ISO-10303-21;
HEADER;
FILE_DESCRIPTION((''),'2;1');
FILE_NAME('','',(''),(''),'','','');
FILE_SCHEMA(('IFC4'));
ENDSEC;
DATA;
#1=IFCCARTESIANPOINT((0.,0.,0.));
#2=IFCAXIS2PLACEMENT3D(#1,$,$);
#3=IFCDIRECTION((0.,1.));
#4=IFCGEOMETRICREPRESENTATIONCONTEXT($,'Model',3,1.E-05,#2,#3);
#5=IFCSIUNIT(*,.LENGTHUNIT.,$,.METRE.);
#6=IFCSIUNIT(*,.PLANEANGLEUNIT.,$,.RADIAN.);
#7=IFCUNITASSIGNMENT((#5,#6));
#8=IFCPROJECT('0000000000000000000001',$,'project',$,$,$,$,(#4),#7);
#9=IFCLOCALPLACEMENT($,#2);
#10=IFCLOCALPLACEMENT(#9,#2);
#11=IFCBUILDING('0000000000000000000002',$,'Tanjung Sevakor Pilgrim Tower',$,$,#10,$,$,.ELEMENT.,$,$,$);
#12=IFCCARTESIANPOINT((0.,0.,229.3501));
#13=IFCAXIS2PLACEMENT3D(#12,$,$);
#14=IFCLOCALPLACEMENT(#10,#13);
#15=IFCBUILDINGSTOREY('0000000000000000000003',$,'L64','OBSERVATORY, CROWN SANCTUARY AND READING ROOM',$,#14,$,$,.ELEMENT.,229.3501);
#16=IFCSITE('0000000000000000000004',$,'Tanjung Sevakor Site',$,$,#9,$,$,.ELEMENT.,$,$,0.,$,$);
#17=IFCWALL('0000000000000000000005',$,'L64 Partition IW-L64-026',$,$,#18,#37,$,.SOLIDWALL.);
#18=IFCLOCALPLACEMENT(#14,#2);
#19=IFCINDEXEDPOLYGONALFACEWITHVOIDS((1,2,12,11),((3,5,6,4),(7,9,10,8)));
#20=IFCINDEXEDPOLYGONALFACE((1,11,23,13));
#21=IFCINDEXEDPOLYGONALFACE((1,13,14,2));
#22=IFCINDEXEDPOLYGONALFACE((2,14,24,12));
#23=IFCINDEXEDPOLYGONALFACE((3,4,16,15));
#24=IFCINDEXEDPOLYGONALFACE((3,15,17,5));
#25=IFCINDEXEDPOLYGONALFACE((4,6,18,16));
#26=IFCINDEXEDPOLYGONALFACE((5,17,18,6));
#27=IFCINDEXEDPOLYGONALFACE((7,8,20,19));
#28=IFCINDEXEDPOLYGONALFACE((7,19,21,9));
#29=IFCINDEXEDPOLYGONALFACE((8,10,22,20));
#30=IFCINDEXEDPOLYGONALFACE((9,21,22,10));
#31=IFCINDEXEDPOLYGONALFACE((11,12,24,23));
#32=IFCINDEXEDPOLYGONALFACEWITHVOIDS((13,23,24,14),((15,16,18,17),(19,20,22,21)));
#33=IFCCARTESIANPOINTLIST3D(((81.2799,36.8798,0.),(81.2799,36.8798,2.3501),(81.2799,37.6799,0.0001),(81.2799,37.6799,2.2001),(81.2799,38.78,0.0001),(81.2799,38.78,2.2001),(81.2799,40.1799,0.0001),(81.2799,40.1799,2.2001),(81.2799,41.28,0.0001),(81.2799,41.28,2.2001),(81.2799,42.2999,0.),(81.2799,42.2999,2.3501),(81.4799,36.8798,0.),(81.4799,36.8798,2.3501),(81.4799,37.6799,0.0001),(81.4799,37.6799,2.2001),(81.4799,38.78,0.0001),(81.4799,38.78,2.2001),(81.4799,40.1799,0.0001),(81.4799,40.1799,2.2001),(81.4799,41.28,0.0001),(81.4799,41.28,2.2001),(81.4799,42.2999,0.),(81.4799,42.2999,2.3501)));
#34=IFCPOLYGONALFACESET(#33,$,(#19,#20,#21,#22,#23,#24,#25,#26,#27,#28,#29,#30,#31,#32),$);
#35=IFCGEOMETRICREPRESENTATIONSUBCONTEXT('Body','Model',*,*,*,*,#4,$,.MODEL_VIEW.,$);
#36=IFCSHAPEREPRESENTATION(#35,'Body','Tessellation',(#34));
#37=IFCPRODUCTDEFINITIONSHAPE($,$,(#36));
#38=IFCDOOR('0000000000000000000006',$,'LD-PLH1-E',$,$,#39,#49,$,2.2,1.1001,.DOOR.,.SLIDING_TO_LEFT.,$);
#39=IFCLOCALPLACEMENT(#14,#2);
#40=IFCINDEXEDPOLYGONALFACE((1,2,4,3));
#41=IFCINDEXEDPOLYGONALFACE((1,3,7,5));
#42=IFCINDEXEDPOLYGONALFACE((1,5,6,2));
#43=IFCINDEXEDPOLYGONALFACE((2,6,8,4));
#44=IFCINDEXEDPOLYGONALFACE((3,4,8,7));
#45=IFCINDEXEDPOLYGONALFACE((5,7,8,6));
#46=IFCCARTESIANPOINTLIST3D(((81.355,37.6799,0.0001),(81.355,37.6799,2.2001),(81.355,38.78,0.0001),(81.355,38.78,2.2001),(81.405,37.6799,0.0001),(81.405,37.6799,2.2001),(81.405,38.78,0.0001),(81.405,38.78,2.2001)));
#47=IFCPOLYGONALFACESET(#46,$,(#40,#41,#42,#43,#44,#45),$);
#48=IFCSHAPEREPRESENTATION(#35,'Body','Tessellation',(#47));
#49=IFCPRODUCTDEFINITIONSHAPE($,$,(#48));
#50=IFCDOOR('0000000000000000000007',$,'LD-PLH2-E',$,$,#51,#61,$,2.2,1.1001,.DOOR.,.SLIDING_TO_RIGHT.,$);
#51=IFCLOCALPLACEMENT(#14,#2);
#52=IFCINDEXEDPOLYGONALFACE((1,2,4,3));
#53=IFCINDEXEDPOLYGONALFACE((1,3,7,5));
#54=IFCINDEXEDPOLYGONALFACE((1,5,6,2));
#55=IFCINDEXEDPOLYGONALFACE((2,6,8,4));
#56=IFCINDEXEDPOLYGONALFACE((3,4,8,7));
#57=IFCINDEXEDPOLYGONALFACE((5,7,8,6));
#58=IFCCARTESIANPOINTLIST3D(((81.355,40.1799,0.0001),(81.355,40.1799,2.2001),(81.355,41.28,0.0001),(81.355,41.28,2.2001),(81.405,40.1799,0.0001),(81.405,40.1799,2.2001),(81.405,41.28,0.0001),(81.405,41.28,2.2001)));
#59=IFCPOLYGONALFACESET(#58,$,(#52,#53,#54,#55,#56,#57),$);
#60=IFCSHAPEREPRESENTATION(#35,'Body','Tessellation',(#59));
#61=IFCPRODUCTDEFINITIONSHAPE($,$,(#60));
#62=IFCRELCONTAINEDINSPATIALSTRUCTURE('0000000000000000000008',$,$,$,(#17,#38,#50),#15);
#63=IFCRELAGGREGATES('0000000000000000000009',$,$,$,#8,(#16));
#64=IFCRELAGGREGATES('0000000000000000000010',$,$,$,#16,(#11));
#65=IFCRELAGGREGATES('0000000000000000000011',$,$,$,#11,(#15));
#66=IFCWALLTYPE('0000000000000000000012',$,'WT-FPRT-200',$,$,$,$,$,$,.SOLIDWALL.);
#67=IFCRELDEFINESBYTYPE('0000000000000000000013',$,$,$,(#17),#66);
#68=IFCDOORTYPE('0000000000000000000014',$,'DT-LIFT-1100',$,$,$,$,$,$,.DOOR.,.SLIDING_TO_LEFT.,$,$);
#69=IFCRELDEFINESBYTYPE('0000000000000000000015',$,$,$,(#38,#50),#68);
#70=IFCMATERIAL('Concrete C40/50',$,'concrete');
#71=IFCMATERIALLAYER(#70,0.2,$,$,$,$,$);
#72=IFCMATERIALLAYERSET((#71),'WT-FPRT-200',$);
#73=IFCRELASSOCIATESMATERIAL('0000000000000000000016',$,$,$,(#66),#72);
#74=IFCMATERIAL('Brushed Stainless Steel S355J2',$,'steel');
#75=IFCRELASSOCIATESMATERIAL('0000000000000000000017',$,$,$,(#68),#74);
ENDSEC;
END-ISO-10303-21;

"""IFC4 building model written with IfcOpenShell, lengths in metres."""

from ifc_helpers import new_model, si_unit, direction, frame, frame_2d, origin, place, context, subcontext, project, spatial, rectangle, extrude, material, layer, layer_set, type_object, element, fill, save


model = new_model("IFC4")

# Units and contexts
model_context = context("Model", 3, precision=1e-05, world=origin(), true_north=direction((0.0, 1.0)))
body_context = subcontext(model_context, "Body", "Model", "MODEL_VIEW")
ifc_project = project(units=[si_unit("LENGTHUNIT", "METRE"), si_unit("PLANEANGLEUNIT", "RADIAN")], contexts=[model_context])

# Site, building, storey
site_placement = place(None, origin())
site = spatial("IfcSite", under=ifc_project, at=site_placement, Name="Tanjung Sevakor Site", CompositionType="ELEMENT", RefElevation=0.0)
building_placement = place(site_placement, origin())
building = spatial("IfcBuilding", under=site, at=building_placement, Name="Tanjung Sevakor Pilgrim Tower", CompositionType="ELEMENT")
storey_placement = place(building_placement, frame((0.0, 0.0, 229.3501)))
storey = spatial("IfcBuildingStorey", under=building, at=storey_placement, Name="L64", Description="OBSERVATORY, CROWN SANCTUARY AND READING ROOM", CompositionType="ELEMENT", Elevation=229.3501)

# Shared definitions
ifc_material_1 = material(Name="Concrete C40/50", Category="concrete")
ifc_layer_1 = layer(ifc_material_1, 0.2)
ifc_layer_set_1 = layer_set([ifc_layer_1], Name="WT-FPRT-200")
wall_type_1 = type_object("IfcWallType", Name="WT-FPRT-200", PredefinedType="SOLIDWALL", material=ifc_layer_set_1)

# Wall, openings, doors
wall_1_placement = place(storey_placement, frame((81.3799, 36.8799, 0.0), z_axis=(0.0, 0.0, 1.0), x_axis=(0.0, 1.0, 0.0)))
wall_1 = element("IfcWall", 1, at=wall_1_placement, inside=storey, type_object=wall_type_1, Name="L64 Partition IW-L64-026", PredefinedType="SOLIDWALL", context=body_context, shape_type="SweptSolid", body=[
    extrude(rectangle(XDim=5.4202, YDim=0.2, at=frame_2d((2.71, 0.0))), origin(), (0.0, 0.0, 1.0), 2.3501),
])
opening_1_placement = place(wall_1_placement, frame((0.8, 0.0, 0.0)))
opening_1 = element("IfcOpeningElement", 2, at=opening_1_placement, cuts=wall_1, PredefinedType="OPENING", context=body_context, shape_type="SweptSolid", body=[
    extrude(rectangle(XDim=1.1001, YDim=2.2, at=frame_2d((0.55, 1.1001))), frame((0.0, 0.1099, 0.0), z_axis=(0.0, -1.0, 0.0), x_axis=(1.0, 0.0, 0.0)), (0.0, 0.0, 1.0), 0.22),
])
opening_2_placement = place(wall_1_placement, frame((3.3, 0.0, 0.0)))
opening_2 = element("IfcOpeningElement", 3, at=opening_2_placement, cuts=wall_1, PredefinedType="OPENING", context=body_context, shape_type="SweptSolid", body=[
    extrude(rectangle(XDim=1.1001, YDim=2.2, at=frame_2d((0.55, 1.1001))), frame((0.0, 0.1099, 0.0), z_axis=(0.0, -1.0, 0.0), x_axis=(1.0, 0.0, 0.0)), (0.0, 0.0, 1.0), 0.22),
])
ifc_material_2 = material(Name="Brushed Stainless Steel S355J2", Category="steel")
door_type_1 = type_object("IfcDoorType", Name="DT-LIFT-1100", OperationType="SLIDING_TO_LEFT", PredefinedType="DOOR", material=ifc_material_2)
door_1_placement = place(opening_1_placement, origin())
door_1 = element("IfcDoor", 4, at=door_1_placement, inside=storey, type_object=door_type_1, Name="LD-PLH1-E", OperationType="SLIDING_TO_LEFT", OverallHeight=2.2, OverallWidth=1.1001, PredefinedType="DOOR", context=body_context, shape_type="SweptSolid", body=[
    extrude(rectangle(XDim=1.1001, YDim=2.2, at=frame_2d((0.55, 1.1001))), frame((0.0, 0.0249, 0.0), z_axis=(0.0, -1.0, 0.0), x_axis=(1.0, 0.0, 0.0)), (0.0, 0.0, 1.0), 0.05),
])
fill(opening_1, door_1)
door_2_placement = place(opening_2_placement, origin())
door_2 = element("IfcDoor", 5, at=door_2_placement, inside=storey, type_object=door_type_1, Name="LD-PLH2-E", OperationType="SLIDING_TO_RIGHT", OverallHeight=2.2, OverallWidth=1.1001, PredefinedType="DOOR", context=body_context, shape_type="SweptSolid", body=[
    extrude(rectangle(XDim=1.1001, YDim=2.2, at=frame_2d((0.55, 1.1001))), frame((0.0, 0.0249, 0.0), z_axis=(0.0, -1.0, 0.0), x_axis=(1.0, 0.0, 0.0)), (0.0, 0.0, 1.0), 0.05),
])
fill(opening_2, door_2)

save(model, "model.ifc")
